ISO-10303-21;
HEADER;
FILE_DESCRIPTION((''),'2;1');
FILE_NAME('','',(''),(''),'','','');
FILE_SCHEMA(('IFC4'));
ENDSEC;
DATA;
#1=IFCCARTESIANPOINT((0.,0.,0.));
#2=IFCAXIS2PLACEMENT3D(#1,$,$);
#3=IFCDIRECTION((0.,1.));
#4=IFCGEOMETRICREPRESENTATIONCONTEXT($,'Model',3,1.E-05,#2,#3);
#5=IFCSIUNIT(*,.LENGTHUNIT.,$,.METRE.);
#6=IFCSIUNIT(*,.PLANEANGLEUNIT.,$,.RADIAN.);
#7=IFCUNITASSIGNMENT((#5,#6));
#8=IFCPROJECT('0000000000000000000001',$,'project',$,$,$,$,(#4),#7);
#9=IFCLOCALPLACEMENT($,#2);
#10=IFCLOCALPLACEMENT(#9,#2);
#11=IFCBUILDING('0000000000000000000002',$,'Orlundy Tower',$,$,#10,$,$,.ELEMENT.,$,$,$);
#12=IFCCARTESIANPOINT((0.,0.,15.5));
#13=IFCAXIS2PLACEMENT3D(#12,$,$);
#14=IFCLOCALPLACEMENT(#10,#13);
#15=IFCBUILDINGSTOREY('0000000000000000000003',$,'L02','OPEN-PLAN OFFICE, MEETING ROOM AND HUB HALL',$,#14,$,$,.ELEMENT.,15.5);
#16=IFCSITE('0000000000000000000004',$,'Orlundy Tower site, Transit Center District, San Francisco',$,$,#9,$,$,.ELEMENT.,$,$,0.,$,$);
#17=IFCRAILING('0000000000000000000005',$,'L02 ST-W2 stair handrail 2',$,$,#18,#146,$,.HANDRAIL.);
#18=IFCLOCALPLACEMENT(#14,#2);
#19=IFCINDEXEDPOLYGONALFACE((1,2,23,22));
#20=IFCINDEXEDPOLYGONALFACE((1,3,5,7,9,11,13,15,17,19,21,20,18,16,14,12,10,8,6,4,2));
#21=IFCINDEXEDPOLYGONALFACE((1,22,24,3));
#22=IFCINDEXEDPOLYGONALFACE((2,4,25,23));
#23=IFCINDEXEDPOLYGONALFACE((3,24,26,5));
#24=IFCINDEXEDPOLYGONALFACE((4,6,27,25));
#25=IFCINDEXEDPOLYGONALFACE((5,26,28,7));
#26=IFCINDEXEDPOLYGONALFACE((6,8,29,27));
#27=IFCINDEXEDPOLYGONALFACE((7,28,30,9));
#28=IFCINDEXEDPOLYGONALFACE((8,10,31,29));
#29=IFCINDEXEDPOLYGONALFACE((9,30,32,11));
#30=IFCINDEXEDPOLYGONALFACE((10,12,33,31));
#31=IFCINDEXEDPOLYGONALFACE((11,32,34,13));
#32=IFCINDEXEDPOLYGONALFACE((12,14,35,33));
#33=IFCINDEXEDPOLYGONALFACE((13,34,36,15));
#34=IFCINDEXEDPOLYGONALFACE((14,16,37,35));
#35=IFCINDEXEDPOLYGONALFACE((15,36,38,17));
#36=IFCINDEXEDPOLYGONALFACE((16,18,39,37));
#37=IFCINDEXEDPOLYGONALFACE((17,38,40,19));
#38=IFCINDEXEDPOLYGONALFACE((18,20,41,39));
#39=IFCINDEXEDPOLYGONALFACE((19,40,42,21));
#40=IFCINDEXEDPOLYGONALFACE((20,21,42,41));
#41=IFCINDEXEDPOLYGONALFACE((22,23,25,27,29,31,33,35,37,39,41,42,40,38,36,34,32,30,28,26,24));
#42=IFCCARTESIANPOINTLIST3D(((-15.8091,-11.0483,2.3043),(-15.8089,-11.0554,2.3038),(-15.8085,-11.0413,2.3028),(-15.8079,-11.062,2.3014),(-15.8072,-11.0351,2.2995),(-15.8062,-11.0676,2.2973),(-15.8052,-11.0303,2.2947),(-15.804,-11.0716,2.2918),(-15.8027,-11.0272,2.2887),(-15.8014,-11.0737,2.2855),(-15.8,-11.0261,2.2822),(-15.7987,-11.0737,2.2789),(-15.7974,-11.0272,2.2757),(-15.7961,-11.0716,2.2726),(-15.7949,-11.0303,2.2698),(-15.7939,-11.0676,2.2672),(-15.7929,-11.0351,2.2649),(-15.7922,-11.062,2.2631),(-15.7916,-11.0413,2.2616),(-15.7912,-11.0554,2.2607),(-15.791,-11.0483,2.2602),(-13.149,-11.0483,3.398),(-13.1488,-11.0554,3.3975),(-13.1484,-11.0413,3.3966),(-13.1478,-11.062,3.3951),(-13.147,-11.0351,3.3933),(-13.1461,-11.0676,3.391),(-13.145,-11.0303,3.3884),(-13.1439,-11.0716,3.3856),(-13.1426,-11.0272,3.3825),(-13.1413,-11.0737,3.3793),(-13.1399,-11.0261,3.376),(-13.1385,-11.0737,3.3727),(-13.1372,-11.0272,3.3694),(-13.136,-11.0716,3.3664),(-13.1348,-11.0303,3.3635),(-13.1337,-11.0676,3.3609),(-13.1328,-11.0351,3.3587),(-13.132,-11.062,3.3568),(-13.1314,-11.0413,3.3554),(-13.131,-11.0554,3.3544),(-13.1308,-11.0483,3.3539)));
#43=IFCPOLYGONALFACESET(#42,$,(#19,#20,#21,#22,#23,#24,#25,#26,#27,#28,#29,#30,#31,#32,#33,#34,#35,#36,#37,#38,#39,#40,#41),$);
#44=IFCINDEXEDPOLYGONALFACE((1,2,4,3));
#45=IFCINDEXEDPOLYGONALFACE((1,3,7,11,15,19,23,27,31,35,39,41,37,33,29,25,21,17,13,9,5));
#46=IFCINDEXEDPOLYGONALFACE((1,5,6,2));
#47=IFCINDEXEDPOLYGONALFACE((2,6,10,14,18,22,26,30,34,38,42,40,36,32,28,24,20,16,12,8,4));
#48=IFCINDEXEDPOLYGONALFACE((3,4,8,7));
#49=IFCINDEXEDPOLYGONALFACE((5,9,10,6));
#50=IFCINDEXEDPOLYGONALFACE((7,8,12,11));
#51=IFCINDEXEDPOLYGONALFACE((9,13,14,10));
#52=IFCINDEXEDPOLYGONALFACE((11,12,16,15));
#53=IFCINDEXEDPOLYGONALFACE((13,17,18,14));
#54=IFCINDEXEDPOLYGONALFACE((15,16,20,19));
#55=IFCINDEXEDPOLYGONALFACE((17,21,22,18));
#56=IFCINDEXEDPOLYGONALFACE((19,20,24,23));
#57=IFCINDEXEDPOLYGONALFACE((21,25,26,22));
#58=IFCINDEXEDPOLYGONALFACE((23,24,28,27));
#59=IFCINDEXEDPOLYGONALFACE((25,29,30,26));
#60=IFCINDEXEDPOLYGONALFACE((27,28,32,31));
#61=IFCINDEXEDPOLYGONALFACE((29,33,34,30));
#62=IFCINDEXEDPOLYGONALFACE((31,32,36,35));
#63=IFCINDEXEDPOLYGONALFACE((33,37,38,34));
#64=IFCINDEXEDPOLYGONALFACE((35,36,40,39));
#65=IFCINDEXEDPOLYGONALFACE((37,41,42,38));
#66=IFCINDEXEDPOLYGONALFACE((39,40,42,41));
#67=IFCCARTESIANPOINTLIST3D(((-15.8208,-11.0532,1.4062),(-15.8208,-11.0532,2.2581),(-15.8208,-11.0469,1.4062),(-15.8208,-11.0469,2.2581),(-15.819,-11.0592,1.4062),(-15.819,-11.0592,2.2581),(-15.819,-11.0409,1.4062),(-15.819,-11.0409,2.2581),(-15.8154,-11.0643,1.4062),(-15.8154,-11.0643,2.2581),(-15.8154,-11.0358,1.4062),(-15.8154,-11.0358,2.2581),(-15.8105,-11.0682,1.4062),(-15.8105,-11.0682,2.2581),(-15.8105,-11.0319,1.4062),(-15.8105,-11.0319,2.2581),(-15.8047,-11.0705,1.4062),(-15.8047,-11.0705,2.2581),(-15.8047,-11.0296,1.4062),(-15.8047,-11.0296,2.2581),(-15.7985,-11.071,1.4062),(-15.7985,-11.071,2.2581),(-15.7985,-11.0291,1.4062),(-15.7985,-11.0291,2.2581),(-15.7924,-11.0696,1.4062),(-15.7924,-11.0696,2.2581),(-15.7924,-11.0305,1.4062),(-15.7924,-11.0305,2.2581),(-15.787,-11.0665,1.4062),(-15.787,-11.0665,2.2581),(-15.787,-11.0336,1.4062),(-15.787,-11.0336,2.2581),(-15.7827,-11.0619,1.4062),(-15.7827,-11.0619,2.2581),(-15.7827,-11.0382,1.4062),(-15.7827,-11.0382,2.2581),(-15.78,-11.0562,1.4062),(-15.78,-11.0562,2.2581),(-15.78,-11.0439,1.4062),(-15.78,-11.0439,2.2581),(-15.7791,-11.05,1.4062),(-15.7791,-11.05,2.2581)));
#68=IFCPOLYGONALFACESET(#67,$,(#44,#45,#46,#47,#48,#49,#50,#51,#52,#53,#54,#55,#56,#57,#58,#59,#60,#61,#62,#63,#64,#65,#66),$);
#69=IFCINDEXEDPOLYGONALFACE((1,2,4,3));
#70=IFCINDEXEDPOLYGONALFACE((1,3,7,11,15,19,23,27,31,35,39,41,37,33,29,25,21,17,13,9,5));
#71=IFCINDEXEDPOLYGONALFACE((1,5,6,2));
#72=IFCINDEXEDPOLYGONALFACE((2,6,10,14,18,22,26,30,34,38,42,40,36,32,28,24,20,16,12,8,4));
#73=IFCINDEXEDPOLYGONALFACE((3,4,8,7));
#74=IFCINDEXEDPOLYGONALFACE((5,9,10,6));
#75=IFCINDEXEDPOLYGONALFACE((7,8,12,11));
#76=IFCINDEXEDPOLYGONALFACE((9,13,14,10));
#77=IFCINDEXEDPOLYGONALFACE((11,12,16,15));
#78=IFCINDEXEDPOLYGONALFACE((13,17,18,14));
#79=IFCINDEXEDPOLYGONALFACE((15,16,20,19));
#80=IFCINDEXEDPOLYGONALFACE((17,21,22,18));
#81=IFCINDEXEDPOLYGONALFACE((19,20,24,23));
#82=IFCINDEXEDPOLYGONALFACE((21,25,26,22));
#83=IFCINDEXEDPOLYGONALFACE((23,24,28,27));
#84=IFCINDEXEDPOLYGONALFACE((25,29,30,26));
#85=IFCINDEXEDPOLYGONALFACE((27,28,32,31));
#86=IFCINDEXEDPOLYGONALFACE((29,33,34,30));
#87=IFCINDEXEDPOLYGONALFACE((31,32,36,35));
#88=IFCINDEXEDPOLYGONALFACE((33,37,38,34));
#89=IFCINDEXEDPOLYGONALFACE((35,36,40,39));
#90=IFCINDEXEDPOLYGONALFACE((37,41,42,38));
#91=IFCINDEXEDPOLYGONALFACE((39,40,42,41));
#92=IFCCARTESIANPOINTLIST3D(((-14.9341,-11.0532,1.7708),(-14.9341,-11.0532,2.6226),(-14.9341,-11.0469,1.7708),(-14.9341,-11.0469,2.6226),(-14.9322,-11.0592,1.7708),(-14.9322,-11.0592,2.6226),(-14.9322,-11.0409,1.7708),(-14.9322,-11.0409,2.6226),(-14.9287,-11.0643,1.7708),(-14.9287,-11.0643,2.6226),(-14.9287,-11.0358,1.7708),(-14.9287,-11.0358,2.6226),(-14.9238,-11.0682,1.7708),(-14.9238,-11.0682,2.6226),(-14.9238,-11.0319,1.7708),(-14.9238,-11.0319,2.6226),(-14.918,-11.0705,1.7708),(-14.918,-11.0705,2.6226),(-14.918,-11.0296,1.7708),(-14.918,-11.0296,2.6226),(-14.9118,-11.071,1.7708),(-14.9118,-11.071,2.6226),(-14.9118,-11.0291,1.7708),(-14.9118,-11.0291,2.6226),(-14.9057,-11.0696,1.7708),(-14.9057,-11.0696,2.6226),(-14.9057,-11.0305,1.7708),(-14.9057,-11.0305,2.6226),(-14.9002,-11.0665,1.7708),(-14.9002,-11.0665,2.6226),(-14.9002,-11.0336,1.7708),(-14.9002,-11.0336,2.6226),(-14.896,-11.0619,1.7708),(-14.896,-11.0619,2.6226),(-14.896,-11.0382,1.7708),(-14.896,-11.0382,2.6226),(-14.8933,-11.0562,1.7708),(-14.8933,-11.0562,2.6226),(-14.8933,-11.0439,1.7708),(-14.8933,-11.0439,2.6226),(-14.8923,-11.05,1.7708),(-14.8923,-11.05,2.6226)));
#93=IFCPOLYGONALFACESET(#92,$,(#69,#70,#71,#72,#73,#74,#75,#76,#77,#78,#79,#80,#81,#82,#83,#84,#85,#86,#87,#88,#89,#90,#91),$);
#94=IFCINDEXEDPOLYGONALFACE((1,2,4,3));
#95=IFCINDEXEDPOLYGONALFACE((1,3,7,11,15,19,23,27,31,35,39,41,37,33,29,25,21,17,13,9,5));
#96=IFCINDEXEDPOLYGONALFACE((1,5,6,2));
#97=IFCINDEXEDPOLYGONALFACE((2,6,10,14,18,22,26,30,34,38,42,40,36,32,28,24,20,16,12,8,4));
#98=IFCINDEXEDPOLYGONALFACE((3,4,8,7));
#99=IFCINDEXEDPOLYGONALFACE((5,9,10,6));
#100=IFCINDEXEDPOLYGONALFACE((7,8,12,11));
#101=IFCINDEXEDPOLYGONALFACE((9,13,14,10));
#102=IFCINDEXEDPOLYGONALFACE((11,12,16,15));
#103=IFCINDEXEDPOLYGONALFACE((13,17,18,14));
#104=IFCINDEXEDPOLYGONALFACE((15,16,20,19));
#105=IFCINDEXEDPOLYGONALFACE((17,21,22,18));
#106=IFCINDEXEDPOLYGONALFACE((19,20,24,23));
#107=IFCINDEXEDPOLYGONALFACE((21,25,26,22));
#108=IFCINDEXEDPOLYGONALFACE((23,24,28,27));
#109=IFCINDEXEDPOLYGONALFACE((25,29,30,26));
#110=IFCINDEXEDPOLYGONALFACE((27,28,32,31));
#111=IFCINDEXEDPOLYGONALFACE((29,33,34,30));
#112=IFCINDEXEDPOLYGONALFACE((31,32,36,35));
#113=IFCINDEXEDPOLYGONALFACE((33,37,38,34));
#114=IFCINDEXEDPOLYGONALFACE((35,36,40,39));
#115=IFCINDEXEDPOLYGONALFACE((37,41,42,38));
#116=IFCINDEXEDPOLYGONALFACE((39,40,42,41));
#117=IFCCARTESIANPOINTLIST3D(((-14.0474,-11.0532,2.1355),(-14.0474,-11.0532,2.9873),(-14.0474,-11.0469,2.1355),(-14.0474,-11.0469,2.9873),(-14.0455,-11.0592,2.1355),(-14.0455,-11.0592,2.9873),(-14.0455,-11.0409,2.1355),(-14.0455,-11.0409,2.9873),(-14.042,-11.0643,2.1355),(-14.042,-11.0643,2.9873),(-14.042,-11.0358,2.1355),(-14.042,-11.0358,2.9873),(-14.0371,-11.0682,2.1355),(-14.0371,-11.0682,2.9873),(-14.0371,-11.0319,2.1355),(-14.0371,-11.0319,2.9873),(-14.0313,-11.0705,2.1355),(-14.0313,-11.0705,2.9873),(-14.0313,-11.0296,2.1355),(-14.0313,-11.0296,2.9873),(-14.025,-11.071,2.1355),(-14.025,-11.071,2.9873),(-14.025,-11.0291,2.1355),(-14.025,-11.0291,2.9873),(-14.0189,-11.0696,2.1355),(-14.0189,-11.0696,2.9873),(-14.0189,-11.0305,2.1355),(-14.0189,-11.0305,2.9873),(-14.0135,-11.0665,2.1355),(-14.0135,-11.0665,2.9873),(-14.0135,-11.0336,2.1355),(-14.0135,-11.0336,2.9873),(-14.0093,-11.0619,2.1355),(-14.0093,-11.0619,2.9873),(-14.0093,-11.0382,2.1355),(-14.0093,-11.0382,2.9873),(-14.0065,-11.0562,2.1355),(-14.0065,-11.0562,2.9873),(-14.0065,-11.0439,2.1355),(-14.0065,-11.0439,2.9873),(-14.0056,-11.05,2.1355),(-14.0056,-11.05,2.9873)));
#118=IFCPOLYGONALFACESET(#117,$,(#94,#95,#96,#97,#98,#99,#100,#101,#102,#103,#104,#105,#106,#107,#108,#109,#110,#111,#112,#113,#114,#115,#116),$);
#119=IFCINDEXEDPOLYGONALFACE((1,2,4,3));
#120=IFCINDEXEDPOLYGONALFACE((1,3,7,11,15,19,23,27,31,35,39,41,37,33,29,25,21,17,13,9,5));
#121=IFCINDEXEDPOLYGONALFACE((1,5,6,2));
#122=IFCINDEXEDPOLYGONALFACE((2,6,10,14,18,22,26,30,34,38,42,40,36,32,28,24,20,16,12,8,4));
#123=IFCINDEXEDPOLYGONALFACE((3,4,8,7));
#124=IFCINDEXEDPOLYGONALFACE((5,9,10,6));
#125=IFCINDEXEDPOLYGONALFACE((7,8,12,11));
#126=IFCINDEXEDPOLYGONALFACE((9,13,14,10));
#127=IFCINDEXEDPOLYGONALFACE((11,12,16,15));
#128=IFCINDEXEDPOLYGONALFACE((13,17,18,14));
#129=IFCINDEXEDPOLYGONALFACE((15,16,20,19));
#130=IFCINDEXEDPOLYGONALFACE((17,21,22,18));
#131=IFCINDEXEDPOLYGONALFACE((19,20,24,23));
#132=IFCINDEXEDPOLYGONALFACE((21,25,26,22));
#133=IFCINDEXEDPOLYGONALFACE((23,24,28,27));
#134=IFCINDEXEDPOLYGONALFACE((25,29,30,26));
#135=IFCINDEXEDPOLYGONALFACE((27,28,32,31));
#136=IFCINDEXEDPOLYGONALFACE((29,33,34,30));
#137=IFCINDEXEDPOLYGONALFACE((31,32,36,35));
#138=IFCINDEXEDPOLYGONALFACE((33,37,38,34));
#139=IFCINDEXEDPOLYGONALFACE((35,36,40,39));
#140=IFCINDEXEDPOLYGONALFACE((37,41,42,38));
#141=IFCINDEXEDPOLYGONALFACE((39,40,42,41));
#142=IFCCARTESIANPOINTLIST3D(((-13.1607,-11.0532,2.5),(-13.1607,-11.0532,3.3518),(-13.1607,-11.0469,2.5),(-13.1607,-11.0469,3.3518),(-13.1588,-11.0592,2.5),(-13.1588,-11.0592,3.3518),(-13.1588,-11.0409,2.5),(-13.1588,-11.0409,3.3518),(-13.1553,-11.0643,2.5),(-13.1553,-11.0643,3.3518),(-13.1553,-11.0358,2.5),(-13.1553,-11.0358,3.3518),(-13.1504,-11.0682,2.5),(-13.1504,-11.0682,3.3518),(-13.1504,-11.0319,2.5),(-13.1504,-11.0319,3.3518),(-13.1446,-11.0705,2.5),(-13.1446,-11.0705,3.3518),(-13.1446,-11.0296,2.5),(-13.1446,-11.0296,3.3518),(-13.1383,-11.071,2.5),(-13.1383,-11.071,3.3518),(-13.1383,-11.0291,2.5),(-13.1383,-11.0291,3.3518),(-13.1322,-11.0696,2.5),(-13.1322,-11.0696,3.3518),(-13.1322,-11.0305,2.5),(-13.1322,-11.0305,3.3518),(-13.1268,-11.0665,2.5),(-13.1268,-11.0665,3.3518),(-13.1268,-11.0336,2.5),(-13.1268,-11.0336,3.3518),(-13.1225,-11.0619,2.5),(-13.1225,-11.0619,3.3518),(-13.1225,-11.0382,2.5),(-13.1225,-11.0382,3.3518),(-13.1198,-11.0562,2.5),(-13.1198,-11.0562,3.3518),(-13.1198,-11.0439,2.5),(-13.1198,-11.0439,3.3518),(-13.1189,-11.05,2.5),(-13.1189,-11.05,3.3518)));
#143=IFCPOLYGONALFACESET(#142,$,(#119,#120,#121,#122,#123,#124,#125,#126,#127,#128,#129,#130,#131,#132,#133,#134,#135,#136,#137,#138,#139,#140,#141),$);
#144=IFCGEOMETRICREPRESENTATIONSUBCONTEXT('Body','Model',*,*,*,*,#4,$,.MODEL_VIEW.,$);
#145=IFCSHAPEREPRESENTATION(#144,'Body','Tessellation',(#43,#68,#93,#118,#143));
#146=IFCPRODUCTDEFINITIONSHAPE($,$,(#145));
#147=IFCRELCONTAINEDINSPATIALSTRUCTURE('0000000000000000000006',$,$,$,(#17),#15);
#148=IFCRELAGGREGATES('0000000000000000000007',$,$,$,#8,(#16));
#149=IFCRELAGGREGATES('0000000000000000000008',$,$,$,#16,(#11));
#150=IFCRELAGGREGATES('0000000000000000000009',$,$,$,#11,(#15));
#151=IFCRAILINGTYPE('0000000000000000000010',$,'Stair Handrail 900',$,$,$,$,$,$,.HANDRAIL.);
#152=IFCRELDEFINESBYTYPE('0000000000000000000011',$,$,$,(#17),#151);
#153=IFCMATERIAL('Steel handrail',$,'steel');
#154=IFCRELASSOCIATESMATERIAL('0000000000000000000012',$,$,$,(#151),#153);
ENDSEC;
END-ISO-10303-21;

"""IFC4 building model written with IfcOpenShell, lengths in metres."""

from ifc_helpers import new_model, si_unit, direction, frame, origin, origin_2d, place, context, subcontext, project, spatial, circle, extrude, material, type_object, element, save


model = new_model("IFC4")

# Units and contexts
model_context = context("Model", 3, precision=1e-05, world=origin(), true_north=direction((0.0, 1.0)))
body_context = subcontext(model_context, "Body", "Model", "MODEL_VIEW")
ifc_project = project(units=[si_unit("LENGTHUNIT", "METRE"), si_unit("PLANEANGLEUNIT", "RADIAN")], contexts=[model_context])

# Site, building, storey
site_placement = place(None, origin())
site = spatial("IfcSite", under=ifc_project, at=site_placement, Name="Orlundy Tower site, Transit Center District, San Francisco", CompositionType="ELEMENT", RefElevation=0.0)
building_placement = place(site_placement, origin())
building = spatial("IfcBuilding", under=site, at=building_placement, Name="Orlundy Tower", CompositionType="ELEMENT")
storey_placement = place(building_placement, frame((0.0, 0.0, 15.5)))
storey = spatial("IfcBuildingStorey", under=building, at=storey_placement, Name="L02", Description="OPEN-PLAN OFFICE, MEETING ROOM AND HUB HALL", CompositionType="ELEMENT", Elevation=15.5)

# Railing
ifc_material_1 = material(Name="Steel handrail", Category="steel")
railing_type_1 = type_object("IfcRailingType", Name="Stair Handrail 900", PredefinedType="HANDRAIL", material=ifc_material_1)
railing_1_placement = place(storey_placement, frame((-15.8, -11.05, 1.4062)))
element("IfcRailing", 1, at=railing_1_placement, inside=storey, type_object=railing_type_1, Name="L02 ST-W2 stair handrail 2", PredefinedType="HANDRAIL", context=body_context, shape_type="SweptSolid", body=[
    extrude(circle(Radius=0.0239, at=origin_2d()), frame((0.0, 0.0, 0.876), z_axis=(0.924875, 0.0, 0.380272), x_axis=(0.0, 1.0, 0.0)), (0.0, 0.0, 1.0), 2.8762),
    extrude(circle(Radius=0.021, at=origin_2d()), origin(), (0.0, 0.0, 1.0), 0.8518),
    extrude(circle(Radius=0.021, at=origin_2d()), frame((0.8867, 0.0, 0.3645)), (0.0, 0.0, 1.0), 0.8518),
    extrude(circle(Radius=0.021, at=origin_2d()), frame((1.7734, 0.0, 0.7292)), (0.0, 0.0, 1.0), 0.8518),
    extrude(circle(Radius=0.021, at=origin_2d()), frame((2.6602, 0.0, 1.0938)), (0.0, 0.0, 1.0), 0.8518),
])

save(model, "model.ifc")
